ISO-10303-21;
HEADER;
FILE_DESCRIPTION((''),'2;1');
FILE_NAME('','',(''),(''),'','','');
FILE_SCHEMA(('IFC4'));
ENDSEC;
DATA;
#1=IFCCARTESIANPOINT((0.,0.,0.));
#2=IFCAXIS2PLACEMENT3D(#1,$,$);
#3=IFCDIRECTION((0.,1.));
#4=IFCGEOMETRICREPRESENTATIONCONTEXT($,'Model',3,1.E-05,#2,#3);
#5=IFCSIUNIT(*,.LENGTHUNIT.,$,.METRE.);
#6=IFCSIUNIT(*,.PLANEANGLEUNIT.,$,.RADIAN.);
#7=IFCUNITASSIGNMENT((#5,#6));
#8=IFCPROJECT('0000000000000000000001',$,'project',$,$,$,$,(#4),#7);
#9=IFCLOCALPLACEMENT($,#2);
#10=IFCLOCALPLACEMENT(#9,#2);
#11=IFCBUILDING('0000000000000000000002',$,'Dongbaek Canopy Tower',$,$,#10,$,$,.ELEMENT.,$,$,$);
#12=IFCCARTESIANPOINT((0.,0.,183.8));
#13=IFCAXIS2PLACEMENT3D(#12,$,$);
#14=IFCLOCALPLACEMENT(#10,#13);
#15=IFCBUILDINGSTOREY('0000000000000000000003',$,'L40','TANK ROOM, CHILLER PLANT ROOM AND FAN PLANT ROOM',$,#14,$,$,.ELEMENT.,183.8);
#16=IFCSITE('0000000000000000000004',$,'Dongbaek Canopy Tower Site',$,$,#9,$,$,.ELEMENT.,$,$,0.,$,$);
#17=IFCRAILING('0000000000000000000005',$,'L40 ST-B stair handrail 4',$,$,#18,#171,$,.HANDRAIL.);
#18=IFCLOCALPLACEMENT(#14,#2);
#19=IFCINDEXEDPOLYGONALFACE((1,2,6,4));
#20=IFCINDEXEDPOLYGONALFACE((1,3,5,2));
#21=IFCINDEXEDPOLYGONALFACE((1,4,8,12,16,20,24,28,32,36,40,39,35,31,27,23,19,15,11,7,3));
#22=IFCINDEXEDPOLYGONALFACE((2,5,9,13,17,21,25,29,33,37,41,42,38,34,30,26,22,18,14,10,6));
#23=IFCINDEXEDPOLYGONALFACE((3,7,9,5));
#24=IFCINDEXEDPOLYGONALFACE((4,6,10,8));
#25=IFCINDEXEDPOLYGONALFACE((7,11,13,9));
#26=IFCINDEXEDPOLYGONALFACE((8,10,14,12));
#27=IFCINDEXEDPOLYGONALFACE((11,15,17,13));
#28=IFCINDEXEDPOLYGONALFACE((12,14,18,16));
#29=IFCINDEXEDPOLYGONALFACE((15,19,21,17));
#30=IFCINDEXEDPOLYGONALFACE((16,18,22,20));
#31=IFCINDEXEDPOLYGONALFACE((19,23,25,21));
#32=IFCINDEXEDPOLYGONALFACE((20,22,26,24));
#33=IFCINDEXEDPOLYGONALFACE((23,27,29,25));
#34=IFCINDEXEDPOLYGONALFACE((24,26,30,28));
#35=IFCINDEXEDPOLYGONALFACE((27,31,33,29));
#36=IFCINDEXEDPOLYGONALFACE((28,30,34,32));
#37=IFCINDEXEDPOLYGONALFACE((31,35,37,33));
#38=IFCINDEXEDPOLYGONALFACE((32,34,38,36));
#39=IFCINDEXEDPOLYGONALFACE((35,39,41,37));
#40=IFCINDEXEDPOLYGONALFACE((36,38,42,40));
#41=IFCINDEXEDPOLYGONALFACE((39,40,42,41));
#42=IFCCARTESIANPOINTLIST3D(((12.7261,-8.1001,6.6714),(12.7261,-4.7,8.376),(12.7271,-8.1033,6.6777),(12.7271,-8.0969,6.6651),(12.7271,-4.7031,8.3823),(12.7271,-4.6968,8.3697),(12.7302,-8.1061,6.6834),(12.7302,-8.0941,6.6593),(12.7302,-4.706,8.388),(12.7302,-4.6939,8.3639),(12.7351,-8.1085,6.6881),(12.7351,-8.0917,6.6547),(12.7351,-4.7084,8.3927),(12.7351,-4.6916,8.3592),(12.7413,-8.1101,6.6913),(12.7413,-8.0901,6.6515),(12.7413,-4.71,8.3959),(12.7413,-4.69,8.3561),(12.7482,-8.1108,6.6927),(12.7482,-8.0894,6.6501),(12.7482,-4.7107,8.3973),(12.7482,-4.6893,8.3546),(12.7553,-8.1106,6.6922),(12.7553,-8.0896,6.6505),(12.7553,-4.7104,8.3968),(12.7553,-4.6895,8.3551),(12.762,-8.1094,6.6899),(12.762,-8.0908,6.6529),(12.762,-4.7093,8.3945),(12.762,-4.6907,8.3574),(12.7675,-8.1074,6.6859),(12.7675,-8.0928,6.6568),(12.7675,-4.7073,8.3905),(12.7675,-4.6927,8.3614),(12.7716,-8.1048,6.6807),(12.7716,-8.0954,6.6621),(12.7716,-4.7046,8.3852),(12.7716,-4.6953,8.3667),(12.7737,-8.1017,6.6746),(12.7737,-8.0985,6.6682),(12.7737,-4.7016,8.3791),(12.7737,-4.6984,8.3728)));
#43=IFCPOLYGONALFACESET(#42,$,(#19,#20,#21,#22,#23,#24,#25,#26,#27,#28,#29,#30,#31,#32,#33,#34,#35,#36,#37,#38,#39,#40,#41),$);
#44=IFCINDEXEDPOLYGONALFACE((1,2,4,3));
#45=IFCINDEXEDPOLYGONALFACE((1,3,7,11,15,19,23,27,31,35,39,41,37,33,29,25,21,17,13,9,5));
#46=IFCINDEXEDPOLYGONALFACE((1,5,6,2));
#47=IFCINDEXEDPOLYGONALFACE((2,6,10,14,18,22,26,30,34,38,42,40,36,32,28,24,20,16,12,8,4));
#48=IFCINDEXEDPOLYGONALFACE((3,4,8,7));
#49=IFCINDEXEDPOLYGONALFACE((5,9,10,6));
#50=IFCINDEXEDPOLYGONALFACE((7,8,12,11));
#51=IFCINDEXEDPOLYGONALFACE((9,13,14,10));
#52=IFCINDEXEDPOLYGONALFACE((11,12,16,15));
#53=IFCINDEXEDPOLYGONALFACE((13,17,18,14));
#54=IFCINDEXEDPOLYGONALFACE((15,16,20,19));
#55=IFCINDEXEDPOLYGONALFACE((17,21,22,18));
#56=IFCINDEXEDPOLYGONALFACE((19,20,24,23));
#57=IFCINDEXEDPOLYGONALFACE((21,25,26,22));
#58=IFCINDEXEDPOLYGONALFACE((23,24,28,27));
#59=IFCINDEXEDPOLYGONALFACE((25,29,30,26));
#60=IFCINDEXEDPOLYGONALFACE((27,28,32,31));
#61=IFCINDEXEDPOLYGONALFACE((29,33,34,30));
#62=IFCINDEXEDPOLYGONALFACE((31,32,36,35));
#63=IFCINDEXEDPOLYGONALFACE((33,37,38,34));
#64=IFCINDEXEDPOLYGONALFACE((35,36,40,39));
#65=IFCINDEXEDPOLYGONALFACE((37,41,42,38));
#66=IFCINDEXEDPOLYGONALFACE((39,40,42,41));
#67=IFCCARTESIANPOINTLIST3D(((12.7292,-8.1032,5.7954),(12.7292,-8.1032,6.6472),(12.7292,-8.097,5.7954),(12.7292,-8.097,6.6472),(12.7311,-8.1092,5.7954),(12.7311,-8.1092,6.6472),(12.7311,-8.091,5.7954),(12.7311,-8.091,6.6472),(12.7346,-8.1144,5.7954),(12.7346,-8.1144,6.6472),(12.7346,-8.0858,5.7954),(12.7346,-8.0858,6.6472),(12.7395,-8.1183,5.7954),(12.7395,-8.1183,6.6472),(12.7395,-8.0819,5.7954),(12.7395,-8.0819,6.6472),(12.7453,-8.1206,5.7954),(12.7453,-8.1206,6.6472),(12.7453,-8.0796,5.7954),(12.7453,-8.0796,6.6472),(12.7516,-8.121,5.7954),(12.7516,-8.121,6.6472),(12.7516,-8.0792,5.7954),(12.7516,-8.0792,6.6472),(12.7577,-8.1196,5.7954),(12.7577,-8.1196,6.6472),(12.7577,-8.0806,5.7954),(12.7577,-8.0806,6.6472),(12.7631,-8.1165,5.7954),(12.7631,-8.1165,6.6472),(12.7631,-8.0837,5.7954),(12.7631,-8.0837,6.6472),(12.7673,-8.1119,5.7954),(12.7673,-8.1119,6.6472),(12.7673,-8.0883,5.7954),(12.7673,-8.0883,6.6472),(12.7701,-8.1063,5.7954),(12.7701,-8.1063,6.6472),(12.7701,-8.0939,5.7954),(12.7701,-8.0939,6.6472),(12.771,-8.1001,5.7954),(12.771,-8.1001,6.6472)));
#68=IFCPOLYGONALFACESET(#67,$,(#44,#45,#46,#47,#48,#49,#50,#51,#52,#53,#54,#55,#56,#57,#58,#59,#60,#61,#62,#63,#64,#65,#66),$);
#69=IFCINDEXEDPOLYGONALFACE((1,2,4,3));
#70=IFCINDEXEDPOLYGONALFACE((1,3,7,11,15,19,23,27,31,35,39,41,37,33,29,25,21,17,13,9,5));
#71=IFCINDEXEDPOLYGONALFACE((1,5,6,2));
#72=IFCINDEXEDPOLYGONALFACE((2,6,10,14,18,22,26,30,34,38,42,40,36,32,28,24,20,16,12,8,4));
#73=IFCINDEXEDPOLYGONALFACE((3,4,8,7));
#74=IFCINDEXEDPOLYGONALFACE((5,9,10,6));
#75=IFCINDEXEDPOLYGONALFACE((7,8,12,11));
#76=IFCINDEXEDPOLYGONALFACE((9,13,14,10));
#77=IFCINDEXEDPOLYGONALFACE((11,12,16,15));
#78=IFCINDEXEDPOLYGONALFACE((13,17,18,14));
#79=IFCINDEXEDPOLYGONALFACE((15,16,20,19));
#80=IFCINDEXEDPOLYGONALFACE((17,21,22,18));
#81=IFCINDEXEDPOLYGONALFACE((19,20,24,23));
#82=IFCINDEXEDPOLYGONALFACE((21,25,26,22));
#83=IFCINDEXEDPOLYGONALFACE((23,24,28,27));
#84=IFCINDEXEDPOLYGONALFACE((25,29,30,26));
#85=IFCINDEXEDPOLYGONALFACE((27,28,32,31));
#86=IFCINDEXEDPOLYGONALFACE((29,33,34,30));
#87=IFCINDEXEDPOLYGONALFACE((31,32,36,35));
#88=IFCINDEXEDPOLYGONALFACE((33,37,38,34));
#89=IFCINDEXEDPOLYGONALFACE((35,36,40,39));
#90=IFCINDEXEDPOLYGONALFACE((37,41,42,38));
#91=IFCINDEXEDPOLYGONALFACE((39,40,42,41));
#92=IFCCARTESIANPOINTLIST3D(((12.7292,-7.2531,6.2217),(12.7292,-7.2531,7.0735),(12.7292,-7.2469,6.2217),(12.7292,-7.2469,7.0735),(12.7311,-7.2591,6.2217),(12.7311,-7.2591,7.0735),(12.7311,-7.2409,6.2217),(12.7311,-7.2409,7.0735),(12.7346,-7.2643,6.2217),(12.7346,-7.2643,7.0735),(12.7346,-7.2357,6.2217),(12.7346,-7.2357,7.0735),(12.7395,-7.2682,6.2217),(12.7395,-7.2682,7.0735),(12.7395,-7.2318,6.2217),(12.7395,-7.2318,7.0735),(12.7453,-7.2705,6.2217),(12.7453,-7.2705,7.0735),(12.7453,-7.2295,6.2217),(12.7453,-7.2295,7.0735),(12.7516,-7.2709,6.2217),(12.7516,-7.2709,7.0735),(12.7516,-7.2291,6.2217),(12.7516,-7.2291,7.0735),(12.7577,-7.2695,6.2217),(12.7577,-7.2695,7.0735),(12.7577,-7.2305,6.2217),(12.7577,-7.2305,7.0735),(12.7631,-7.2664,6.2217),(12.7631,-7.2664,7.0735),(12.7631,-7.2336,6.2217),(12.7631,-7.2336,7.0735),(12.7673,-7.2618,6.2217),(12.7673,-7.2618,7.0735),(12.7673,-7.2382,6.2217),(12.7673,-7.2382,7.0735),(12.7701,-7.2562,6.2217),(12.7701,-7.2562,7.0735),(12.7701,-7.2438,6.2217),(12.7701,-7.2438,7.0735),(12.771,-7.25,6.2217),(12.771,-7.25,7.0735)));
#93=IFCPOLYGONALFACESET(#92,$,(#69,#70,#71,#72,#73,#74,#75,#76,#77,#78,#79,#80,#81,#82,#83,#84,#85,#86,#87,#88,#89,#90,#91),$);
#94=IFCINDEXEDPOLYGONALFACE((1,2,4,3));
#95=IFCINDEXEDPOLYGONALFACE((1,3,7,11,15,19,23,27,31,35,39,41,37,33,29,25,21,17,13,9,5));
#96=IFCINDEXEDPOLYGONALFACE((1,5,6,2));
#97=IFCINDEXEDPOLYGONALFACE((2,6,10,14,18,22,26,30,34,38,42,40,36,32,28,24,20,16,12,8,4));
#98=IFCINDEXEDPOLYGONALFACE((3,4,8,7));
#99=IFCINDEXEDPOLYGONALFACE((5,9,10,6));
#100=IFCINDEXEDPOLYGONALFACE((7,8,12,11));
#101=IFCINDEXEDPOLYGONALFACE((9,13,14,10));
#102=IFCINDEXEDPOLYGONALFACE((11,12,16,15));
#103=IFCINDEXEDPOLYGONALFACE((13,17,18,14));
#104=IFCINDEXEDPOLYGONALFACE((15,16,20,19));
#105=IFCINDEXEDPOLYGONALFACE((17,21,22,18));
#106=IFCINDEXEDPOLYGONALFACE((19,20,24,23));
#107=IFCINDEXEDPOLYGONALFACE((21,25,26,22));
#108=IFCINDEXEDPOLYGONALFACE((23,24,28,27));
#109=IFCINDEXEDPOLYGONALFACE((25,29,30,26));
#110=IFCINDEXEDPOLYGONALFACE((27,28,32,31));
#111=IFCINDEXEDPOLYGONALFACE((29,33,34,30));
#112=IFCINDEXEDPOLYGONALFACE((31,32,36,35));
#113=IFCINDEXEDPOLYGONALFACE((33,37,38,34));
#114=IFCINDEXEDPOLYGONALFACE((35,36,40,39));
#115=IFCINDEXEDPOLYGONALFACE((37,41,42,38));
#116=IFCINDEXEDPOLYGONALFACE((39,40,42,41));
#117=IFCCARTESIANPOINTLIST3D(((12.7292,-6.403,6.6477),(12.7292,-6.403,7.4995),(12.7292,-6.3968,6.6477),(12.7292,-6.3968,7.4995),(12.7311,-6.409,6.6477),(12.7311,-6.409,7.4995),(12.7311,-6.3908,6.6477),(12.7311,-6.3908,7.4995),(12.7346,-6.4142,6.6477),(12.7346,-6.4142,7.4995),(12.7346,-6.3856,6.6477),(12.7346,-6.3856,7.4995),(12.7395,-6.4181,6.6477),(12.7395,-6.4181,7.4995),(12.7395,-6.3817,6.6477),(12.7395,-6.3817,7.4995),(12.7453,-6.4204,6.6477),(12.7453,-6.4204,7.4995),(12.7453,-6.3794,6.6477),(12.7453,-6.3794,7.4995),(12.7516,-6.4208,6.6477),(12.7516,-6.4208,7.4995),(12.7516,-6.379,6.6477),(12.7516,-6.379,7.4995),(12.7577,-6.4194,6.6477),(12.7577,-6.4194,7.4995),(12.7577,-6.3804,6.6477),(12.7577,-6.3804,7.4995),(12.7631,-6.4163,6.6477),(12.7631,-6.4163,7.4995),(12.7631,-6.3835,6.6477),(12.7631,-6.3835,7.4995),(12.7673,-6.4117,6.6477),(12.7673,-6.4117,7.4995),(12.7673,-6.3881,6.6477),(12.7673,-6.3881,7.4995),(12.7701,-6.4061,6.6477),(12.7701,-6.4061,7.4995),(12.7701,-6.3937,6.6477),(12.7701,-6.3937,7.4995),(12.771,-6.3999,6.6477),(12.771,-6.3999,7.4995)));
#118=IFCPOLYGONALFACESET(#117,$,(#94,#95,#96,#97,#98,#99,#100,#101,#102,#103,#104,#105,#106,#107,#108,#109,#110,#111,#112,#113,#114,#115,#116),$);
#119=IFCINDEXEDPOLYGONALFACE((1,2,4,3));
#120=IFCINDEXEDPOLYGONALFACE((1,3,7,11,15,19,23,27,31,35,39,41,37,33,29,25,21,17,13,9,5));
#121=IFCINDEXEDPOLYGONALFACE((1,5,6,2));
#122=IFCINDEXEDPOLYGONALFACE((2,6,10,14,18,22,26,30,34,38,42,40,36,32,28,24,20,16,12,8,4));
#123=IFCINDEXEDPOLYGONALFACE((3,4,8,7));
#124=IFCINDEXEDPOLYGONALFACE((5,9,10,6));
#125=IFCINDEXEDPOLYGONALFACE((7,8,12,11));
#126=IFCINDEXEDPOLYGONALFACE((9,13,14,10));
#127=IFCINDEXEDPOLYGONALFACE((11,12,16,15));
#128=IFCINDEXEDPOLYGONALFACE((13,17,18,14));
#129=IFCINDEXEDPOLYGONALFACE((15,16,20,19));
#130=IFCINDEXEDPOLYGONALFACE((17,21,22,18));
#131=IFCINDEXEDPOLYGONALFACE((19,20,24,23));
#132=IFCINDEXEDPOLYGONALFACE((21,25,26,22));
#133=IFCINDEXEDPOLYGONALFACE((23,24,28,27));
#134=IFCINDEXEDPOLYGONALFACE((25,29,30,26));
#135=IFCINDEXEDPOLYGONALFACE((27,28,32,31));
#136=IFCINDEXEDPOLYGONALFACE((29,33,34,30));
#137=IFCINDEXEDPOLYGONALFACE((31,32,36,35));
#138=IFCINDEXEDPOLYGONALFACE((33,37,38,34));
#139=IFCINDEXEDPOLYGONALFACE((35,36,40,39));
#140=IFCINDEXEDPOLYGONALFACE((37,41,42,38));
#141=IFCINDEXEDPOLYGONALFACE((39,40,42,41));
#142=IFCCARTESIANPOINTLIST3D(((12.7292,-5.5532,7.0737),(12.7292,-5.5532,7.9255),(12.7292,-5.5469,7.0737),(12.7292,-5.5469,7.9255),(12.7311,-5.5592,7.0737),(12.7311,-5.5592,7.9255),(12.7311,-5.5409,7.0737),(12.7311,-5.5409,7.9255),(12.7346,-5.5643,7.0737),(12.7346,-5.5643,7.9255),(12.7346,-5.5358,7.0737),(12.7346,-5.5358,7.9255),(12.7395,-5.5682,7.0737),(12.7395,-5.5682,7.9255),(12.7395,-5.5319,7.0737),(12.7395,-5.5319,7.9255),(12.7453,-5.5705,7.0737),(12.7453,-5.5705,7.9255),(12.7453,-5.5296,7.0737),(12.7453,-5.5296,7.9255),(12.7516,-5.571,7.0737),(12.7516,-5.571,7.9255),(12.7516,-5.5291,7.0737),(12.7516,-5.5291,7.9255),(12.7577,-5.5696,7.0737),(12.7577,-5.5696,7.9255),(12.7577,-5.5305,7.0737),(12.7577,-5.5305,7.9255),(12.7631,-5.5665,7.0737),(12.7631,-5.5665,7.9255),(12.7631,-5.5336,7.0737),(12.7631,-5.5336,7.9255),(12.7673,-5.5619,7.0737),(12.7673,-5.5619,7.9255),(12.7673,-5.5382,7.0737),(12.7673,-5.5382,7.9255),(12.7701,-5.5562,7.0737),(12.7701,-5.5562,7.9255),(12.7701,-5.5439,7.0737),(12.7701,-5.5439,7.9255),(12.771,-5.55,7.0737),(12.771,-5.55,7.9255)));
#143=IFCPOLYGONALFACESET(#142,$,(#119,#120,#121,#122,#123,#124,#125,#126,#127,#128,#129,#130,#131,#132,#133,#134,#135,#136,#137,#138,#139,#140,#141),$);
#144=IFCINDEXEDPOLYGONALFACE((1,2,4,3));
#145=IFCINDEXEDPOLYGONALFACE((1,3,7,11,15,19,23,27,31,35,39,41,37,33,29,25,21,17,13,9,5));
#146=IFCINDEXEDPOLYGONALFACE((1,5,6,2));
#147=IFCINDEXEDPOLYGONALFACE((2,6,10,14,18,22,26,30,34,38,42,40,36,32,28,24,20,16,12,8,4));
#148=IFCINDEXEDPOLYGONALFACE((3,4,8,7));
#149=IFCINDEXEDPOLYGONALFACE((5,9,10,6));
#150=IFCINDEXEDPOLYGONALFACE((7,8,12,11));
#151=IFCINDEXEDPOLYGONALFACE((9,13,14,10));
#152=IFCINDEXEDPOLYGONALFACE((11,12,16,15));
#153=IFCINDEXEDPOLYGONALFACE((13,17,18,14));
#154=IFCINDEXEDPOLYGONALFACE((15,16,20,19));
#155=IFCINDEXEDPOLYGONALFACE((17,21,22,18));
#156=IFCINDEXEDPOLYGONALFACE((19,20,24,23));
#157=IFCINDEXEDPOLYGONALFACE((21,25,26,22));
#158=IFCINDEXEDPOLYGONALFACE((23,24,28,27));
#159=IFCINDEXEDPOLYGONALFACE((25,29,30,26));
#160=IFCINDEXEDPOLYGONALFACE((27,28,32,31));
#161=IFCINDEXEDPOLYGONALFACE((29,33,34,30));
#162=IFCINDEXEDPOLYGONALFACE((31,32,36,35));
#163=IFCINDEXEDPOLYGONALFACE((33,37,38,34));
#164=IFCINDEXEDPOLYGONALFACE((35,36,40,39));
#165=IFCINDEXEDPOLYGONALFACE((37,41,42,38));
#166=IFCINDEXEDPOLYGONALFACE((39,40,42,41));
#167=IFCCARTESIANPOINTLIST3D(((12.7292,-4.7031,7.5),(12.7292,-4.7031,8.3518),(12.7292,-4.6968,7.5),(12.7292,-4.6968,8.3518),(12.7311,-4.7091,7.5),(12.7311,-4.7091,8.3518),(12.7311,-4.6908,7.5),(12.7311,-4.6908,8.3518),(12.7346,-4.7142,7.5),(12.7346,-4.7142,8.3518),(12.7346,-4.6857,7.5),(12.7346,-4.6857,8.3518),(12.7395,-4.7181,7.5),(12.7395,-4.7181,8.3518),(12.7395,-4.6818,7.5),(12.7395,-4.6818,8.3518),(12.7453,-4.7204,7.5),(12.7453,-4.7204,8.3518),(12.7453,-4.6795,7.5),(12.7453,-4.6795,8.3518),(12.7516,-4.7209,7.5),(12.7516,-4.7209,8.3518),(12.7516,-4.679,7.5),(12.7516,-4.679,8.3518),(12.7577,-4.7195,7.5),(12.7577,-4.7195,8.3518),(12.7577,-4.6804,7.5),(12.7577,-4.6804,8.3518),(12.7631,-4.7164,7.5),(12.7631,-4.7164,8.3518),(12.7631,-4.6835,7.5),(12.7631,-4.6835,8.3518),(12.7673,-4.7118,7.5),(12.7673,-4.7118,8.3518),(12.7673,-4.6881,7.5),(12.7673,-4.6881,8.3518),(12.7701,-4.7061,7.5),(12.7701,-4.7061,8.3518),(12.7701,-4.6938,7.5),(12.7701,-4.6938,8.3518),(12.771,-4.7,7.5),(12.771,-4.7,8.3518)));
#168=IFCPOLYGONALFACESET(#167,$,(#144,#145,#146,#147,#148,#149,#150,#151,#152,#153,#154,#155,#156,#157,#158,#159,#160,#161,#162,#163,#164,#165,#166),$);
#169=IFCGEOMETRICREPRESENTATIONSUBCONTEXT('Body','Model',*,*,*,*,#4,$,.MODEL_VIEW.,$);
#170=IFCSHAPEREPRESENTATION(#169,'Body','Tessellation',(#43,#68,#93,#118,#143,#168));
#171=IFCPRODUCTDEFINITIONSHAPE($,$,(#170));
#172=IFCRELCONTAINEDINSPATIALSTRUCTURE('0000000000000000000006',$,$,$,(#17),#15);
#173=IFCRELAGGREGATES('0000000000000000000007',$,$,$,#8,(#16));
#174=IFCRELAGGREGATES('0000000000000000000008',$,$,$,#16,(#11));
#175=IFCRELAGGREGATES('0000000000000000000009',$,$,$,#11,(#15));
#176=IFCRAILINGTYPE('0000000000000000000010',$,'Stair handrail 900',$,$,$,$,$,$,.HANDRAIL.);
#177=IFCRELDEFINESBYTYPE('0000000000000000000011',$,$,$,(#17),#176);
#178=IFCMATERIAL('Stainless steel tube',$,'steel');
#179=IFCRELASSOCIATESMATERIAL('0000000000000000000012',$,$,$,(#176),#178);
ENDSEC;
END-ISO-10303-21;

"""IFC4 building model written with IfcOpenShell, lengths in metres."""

from ifc_helpers import new_model, si_unit, direction, frame, origin, origin_2d, place, context, subcontext, project, spatial, circle, extrude, material, type_object, element, save


model = new_model("IFC4")

# Units and contexts
model_context = context("Model", 3, precision=1e-05, world=origin(), true_north=direction((0.0, 1.0)))
body_context = subcontext(model_context, "Body", "Model", "MODEL_VIEW")
ifc_project = project(units=[si_unit("LENGTHUNIT", "METRE"), si_unit("PLANEANGLEUNIT", "RADIAN")], contexts=[model_context])

# Site, building, storey
site_placement = place(None, origin())
site = spatial("IfcSite", under=ifc_project, at=site_placement, Name="Dongbaek Canopy Tower Site", CompositionType="ELEMENT", RefElevation=0.0)
building_placement = place(site_placement, origin())
building = spatial("IfcBuilding", under=site, at=building_placement, Name="Dongbaek Canopy Tower", CompositionType="ELEMENT")
storey_placement = place(building_placement, frame((0.0, 0.0, 183.8)))
storey = spatial("IfcBuildingStorey", under=building, at=storey_placement, Name="L40", Description="TANK ROOM, CHILLER PLANT ROOM AND FAN PLANT ROOM", CompositionType="ELEMENT", Elevation=183.8)

# Railing
ifc_material_1 = material(Name="Stainless steel tube", Category="steel")
railing_type_1 = type_object("IfcRailingType", Name="Stair handrail 900", PredefinedType="HANDRAIL", material=ifc_material_1)
for number, where, name in (
    (1, (12.75, -8.1001, 5.7954), "L40 ST-B stair handrail 4"),
):
    element("IfcRailing", number, at=place(storey_placement, frame(where)), inside=storey, type_object=railing_type_1, Name=name, PredefinedType="HANDRAIL", context=body_context, shape_type="SweptSolid", body=[
        extrude(circle(Radius=0.0239, at=origin_2d()), frame((0.0, 0.0, 0.876), z_axis=(0.0, 0.893952, 0.448163), x_axis=(-1.0, 0.0, 0.0)), (0.0, 0.0, 1.0), 3.8035),
        extrude(circle(Radius=0.021, at=origin_2d()), origin(), (0.0, 0.0, 1.0), 0.8518),
        extrude(circle(Radius=0.021, at=origin_2d()), frame((0.0, 0.8501, 0.4263)), (0.0, 0.0, 1.0), 0.8518),
        extrude(circle(Radius=0.021, at=origin_2d()), frame((0.0, 1.7002, 0.8523)), (0.0, 0.0, 1.0), 0.8518),
        extrude(circle(Radius=0.021, at=origin_2d()), frame((0.0, 2.55, 1.2783)), (0.0, 0.0, 1.0), 0.8518),
        extrude(circle(Radius=0.021, at=origin_2d()), frame((0.0, 3.4001, 1.7046)), (0.0, 0.0, 1.0), 0.8518),
    ])

save(model, "model.ifc")
